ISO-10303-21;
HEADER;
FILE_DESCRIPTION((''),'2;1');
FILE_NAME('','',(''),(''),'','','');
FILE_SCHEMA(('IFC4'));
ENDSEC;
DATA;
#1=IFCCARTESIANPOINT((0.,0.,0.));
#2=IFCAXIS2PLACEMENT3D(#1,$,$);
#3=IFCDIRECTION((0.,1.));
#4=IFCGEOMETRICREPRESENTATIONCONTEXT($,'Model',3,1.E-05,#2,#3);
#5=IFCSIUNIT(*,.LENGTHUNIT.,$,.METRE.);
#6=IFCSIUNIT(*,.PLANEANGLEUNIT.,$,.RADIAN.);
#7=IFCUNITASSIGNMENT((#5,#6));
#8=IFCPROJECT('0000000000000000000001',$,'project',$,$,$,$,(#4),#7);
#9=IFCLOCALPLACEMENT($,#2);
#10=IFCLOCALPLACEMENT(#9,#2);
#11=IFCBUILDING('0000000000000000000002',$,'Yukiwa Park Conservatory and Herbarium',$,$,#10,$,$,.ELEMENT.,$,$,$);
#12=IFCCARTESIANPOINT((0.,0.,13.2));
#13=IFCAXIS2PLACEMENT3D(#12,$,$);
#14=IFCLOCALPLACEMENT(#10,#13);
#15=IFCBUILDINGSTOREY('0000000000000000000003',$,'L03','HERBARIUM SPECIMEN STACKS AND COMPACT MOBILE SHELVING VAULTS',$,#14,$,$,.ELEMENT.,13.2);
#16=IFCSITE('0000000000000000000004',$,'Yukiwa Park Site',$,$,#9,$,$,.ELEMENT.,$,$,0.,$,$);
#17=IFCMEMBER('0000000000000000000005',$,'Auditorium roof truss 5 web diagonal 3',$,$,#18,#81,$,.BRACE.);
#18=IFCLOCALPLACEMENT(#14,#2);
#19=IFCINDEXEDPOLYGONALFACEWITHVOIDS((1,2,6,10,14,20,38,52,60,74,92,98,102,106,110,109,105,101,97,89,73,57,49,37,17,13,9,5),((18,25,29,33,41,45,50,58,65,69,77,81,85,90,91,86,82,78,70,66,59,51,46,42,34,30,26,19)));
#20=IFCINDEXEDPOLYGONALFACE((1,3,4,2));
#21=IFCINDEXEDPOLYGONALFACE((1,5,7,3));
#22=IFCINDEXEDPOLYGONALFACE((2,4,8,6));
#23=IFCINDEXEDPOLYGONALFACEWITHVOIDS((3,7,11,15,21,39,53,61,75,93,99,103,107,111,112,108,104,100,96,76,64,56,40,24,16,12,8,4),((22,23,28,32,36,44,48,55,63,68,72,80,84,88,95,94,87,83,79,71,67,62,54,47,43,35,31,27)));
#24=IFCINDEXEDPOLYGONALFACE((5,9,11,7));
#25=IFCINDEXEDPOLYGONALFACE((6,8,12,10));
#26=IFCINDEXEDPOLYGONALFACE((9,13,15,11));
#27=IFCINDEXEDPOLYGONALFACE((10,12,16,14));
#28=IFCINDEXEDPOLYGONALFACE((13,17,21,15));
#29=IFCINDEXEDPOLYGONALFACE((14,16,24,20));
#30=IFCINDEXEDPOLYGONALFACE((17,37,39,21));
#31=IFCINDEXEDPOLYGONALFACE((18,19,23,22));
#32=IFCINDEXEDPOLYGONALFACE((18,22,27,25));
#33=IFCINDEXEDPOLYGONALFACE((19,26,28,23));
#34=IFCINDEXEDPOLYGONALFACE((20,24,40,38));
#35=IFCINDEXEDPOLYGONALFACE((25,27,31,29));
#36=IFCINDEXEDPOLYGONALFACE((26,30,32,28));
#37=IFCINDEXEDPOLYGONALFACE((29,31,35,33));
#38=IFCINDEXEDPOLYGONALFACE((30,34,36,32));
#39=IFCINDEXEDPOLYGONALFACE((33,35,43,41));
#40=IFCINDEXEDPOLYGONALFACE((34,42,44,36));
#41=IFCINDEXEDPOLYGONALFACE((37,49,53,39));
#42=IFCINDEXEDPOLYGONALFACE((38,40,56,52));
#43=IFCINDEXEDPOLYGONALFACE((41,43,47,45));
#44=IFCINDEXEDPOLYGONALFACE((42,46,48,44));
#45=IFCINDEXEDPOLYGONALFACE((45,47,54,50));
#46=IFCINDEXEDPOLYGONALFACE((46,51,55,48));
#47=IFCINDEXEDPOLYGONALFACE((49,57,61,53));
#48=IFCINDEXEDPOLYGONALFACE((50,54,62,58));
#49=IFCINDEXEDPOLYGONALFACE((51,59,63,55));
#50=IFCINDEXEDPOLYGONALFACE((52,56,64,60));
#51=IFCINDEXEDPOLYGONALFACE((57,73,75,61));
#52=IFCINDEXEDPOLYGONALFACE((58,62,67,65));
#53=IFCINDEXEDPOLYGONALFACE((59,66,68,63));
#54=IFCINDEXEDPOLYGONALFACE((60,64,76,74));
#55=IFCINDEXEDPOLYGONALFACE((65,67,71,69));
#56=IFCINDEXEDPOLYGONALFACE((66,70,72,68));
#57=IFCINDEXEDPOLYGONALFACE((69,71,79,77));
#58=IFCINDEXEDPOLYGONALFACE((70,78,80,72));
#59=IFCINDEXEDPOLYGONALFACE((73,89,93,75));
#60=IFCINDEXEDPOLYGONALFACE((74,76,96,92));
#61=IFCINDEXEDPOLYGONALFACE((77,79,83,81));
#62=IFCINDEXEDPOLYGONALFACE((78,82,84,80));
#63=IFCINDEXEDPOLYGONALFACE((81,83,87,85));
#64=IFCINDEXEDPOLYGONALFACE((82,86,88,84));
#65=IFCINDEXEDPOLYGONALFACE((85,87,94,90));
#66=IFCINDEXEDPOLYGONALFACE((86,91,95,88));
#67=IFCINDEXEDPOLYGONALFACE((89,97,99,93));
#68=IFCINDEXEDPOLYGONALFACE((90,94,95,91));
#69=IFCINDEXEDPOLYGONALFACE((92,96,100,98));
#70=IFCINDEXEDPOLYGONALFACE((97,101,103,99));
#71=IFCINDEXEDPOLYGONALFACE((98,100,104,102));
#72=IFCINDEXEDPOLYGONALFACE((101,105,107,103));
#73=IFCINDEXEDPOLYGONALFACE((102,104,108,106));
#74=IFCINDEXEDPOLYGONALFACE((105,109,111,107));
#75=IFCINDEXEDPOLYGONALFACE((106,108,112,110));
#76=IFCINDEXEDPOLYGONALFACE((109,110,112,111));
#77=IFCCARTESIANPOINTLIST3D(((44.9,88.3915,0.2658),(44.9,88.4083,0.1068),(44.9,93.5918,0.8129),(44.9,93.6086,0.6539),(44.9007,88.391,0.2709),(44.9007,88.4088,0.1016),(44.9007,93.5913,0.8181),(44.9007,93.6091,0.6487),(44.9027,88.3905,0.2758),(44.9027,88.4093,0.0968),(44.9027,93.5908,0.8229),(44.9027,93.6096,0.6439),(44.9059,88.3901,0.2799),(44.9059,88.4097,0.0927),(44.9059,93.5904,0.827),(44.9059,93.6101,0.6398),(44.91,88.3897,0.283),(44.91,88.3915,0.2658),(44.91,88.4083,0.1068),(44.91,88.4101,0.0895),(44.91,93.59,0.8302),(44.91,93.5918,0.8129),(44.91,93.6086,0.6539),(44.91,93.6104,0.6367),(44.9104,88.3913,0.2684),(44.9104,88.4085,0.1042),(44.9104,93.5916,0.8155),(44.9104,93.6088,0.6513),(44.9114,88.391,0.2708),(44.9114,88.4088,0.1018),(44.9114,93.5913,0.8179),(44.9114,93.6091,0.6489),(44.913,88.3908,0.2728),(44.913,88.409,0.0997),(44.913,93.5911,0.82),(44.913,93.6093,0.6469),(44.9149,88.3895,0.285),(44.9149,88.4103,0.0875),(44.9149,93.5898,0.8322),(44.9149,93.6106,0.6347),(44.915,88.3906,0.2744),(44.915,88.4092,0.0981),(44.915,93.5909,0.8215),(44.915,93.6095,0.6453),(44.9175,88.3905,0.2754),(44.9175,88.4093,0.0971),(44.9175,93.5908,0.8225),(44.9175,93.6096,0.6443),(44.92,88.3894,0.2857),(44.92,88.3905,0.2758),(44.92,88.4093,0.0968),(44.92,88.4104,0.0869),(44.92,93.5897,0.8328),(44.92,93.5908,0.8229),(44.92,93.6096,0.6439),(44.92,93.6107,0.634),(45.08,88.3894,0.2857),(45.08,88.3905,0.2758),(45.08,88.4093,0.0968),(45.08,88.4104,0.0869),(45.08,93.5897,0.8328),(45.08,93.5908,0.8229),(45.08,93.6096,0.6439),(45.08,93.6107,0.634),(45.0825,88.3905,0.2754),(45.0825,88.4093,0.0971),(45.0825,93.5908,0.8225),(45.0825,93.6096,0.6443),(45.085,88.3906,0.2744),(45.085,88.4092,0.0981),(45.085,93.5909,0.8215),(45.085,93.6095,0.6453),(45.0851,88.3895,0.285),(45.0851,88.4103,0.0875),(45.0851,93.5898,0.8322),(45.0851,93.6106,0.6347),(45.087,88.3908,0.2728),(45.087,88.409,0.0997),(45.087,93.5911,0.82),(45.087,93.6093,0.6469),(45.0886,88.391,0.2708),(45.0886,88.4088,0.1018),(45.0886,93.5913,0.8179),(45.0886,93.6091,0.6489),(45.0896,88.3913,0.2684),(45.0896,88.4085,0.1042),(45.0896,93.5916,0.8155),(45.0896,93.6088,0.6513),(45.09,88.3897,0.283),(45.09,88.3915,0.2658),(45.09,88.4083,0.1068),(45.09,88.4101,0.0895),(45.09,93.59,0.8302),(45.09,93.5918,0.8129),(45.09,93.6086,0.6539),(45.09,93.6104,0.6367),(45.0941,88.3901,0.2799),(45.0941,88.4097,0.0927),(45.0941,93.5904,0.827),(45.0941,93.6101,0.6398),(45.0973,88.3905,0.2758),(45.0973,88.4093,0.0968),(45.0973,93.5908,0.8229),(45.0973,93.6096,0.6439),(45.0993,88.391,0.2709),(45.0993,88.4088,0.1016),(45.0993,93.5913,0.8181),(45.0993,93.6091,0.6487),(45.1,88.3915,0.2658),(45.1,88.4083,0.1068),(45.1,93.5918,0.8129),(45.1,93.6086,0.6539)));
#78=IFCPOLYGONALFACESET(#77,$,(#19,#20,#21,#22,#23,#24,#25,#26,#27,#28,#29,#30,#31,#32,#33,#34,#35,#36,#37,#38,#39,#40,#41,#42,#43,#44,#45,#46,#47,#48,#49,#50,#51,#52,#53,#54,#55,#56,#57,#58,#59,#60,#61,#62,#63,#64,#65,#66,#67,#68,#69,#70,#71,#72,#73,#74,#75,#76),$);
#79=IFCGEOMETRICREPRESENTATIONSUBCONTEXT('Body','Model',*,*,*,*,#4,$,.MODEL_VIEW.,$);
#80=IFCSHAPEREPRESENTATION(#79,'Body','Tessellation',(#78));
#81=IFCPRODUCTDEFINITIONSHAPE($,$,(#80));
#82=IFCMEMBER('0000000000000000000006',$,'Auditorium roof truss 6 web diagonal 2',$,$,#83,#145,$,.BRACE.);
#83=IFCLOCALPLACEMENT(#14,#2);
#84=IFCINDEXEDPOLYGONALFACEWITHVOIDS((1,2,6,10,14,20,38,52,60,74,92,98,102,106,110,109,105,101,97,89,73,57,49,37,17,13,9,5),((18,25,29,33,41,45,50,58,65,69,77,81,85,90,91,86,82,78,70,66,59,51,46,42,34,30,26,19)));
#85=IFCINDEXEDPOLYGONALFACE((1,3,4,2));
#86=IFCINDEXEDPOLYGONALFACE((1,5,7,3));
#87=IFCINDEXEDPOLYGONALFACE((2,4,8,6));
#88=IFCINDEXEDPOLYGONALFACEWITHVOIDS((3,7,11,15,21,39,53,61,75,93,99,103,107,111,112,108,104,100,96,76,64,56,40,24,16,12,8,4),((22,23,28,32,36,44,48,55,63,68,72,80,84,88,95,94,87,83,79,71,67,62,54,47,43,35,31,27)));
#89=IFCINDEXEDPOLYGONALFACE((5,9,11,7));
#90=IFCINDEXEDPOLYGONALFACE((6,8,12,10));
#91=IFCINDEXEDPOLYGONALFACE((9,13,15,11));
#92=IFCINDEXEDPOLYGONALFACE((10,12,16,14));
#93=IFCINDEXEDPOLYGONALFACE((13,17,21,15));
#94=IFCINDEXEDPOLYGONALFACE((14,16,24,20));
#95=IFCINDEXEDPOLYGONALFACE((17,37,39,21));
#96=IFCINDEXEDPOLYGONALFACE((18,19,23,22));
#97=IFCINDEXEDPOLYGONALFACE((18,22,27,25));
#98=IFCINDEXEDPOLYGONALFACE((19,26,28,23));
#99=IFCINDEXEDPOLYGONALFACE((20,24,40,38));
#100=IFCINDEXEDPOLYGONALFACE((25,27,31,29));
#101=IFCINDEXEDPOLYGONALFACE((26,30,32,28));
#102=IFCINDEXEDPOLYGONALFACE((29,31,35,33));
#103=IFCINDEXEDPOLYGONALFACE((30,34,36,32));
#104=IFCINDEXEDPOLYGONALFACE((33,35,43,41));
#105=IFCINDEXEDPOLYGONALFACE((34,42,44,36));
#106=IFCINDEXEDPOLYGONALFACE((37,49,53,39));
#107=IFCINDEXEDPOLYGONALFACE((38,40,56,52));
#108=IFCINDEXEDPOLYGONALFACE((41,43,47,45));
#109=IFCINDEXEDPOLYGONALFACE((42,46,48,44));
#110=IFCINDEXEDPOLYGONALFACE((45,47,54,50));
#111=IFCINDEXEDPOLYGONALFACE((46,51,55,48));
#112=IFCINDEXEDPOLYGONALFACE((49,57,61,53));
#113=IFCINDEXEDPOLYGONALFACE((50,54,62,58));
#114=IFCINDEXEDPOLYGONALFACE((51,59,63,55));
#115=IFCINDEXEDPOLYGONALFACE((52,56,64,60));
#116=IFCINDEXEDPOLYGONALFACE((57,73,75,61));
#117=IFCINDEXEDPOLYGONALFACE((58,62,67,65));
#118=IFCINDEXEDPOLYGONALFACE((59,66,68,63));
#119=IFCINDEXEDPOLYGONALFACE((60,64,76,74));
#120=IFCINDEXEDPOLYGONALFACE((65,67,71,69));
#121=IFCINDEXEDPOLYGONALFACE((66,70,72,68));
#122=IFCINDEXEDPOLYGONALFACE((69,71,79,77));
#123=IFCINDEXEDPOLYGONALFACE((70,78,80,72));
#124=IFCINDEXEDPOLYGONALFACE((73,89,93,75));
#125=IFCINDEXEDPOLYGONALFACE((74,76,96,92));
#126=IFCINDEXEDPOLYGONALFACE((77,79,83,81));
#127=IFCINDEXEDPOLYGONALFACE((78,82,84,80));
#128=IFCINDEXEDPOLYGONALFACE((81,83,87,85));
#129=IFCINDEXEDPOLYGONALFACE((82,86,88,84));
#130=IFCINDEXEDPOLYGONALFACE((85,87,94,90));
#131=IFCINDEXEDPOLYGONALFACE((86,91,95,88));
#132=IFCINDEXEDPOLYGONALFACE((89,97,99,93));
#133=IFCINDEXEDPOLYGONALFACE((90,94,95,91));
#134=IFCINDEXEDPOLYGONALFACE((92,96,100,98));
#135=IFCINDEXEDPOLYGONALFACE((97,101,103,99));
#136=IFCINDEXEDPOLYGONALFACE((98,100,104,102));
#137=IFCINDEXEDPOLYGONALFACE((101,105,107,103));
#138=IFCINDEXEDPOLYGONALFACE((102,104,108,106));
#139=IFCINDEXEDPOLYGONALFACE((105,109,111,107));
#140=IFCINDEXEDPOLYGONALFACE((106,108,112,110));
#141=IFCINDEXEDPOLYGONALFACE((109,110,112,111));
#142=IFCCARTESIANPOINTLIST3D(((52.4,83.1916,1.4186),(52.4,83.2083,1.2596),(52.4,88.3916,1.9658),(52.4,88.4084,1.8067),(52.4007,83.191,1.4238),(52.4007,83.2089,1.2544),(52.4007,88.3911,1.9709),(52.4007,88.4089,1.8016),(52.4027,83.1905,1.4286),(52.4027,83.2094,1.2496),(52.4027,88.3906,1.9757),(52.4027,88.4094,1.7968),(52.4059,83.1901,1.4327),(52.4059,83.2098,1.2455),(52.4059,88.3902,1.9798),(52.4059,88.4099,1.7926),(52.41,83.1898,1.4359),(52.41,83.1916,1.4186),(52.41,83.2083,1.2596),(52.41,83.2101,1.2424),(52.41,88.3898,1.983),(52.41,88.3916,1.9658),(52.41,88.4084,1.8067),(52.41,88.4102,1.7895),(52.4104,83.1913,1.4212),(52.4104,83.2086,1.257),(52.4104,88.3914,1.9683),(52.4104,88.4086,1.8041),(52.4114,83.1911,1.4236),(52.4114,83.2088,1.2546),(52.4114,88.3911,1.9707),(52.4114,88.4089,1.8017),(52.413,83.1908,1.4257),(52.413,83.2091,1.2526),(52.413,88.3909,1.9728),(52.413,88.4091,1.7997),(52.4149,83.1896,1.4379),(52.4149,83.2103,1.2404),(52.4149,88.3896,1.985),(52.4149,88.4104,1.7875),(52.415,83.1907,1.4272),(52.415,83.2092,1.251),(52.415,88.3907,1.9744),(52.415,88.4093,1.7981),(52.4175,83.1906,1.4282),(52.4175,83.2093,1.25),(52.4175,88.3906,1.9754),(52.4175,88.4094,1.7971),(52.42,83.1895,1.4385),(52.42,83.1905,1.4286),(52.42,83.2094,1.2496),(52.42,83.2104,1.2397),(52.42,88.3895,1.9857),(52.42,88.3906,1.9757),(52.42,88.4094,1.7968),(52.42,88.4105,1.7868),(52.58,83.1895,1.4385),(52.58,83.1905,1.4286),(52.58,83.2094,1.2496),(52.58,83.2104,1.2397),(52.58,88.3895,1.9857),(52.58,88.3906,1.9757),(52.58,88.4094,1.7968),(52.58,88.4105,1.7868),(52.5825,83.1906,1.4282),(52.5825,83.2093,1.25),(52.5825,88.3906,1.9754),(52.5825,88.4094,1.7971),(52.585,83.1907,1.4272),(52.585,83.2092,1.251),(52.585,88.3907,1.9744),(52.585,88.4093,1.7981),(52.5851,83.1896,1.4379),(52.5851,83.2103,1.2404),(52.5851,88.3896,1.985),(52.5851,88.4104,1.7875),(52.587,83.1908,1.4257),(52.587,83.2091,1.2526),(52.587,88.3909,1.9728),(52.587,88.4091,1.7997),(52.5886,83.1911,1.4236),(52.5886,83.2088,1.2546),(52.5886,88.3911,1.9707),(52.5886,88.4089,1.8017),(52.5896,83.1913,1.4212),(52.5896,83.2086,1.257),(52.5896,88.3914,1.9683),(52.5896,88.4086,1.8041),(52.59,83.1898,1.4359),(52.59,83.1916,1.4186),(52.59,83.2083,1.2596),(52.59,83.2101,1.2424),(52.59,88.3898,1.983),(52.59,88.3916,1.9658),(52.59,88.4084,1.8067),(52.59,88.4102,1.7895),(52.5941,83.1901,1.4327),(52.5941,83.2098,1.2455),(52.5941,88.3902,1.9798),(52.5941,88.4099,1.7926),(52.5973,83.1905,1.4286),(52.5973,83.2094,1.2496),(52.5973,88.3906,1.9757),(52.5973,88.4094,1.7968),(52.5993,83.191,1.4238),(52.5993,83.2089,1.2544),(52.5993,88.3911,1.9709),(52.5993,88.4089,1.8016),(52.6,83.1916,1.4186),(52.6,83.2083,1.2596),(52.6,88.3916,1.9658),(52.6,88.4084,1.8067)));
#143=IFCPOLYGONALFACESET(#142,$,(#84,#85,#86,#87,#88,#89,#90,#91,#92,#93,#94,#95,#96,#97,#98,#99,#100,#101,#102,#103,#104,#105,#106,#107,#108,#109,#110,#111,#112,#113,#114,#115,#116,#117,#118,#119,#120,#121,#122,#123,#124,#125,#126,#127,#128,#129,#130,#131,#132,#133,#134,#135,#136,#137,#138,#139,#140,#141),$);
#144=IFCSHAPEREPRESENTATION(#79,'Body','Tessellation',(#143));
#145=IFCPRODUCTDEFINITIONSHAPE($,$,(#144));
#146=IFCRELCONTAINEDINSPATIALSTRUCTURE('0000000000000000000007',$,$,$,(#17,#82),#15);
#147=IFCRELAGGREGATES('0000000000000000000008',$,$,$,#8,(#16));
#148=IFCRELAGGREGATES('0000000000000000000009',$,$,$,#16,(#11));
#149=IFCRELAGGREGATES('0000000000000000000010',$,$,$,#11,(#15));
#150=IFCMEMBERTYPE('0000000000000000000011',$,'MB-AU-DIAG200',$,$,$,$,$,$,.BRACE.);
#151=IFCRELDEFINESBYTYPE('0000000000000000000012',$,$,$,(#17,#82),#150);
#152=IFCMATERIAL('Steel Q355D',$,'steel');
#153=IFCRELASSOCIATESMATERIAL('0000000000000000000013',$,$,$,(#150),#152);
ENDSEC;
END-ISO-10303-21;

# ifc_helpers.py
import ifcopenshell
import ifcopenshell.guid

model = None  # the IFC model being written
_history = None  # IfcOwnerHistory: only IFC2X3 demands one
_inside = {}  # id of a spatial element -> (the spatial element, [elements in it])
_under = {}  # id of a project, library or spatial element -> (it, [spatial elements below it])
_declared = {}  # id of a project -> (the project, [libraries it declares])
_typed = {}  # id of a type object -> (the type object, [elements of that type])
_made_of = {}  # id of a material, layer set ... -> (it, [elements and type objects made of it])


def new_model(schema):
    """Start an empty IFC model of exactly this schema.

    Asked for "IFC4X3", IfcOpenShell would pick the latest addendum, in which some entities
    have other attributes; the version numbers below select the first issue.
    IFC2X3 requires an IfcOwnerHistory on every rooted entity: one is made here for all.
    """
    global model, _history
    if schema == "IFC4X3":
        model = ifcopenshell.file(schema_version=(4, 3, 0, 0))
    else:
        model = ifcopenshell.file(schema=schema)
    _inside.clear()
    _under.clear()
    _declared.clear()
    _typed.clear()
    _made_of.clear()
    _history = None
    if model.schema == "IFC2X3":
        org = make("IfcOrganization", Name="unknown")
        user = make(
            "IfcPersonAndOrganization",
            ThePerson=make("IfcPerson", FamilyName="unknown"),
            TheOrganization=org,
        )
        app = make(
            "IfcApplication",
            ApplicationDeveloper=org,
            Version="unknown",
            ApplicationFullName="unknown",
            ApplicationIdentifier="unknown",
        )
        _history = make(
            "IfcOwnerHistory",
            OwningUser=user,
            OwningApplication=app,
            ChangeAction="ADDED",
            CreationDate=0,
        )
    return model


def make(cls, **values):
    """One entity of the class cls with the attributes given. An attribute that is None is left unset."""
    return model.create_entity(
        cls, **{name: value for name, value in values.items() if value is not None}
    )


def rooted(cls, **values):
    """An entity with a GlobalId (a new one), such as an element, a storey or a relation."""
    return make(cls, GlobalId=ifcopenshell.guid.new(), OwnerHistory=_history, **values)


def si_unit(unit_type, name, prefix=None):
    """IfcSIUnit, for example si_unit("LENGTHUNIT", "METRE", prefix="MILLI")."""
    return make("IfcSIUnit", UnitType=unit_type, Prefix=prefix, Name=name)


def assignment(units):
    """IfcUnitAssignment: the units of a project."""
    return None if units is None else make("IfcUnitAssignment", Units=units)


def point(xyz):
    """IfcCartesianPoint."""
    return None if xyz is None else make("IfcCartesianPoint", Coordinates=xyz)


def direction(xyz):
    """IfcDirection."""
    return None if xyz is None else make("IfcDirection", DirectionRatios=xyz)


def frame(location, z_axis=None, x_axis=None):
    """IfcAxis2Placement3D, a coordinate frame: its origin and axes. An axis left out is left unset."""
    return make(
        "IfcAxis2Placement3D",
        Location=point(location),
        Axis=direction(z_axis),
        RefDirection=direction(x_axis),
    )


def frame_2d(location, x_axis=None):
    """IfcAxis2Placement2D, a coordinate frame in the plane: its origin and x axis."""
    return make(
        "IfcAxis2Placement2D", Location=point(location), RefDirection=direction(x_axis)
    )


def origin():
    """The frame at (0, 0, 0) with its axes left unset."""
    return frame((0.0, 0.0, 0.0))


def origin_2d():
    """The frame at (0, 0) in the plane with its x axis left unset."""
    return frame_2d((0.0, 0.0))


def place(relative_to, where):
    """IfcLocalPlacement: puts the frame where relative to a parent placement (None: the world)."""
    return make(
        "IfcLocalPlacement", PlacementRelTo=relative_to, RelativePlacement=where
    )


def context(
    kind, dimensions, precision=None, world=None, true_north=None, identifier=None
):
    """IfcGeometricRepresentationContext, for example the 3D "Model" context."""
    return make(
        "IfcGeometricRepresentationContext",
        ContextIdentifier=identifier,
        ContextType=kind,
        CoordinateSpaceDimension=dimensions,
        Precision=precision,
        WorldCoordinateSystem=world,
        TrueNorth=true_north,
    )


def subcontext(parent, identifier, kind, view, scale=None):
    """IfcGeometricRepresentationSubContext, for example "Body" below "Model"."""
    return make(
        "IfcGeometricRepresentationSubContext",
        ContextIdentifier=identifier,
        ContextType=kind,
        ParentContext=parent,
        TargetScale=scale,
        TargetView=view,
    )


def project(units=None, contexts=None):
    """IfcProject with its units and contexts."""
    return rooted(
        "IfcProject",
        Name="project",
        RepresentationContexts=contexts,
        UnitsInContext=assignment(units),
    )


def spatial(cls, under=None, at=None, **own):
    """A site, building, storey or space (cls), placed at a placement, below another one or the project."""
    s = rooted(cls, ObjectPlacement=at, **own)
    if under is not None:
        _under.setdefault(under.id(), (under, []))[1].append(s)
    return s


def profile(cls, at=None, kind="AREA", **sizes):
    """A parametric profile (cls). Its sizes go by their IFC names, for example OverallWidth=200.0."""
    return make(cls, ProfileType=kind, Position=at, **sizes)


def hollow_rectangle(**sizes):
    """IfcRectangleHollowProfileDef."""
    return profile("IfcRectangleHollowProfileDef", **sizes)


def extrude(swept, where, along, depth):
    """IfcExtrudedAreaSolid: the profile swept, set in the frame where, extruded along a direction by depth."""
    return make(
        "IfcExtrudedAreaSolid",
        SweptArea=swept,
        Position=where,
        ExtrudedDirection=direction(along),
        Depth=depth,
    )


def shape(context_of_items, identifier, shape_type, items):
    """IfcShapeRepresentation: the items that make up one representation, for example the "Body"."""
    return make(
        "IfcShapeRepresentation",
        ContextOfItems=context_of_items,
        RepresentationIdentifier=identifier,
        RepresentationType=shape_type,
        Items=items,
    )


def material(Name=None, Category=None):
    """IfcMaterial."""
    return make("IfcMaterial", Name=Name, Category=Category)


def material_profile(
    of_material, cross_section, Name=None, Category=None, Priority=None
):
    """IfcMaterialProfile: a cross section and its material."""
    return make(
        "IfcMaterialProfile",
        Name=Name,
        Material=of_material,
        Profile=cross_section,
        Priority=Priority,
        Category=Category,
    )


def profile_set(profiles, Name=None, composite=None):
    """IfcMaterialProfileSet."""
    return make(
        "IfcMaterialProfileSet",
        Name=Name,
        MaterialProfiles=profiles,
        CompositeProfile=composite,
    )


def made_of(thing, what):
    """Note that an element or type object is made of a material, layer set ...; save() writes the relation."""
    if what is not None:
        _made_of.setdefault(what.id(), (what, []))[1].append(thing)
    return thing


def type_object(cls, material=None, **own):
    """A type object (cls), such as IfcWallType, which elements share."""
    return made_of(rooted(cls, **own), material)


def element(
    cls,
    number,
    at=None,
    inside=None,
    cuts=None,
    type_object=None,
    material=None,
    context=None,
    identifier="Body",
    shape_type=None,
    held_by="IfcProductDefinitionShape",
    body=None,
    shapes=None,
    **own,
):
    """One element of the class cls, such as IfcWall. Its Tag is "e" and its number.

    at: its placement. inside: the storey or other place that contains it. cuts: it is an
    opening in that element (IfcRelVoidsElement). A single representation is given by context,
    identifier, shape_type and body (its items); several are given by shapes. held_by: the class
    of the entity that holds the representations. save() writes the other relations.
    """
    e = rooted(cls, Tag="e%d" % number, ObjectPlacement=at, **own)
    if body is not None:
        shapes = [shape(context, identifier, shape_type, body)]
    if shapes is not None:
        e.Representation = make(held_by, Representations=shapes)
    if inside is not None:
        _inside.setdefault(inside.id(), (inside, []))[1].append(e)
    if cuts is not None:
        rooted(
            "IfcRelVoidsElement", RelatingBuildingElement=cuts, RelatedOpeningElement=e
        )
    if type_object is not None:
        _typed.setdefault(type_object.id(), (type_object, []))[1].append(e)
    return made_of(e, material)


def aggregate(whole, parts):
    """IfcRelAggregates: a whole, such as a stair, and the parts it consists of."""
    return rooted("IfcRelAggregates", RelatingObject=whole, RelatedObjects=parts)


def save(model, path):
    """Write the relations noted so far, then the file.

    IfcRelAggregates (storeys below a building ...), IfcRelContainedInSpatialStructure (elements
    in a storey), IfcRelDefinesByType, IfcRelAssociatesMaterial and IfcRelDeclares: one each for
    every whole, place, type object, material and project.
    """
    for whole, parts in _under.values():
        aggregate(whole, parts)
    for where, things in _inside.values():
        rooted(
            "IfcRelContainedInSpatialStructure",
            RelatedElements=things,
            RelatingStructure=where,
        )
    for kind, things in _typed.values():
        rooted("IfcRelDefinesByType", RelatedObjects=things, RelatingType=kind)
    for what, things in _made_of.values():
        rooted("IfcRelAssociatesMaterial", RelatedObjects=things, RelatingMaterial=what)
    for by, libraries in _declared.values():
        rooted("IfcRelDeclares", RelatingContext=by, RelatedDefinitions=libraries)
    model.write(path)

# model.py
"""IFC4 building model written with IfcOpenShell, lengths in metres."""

from ifc_helpers import new_model, si_unit, direction, frame, origin, origin_2d, place, context, subcontext, project, spatial, hollow_rectangle, extrude, material, material_profile, profile_set, type_object, element, save


model = new_model("IFC4")

# Units and contexts
model_context = context("Model", 3, precision=1e-05, world=origin(), true_north=direction((0.0, 1.0)))
body_context = subcontext(model_context, "Body", "Model", "MODEL_VIEW")
ifc_project = project(units=[si_unit("LENGTHUNIT", "METRE"), si_unit("PLANEANGLEUNIT", "RADIAN")], contexts=[model_context])

# Site, building, storey
site_placement = place(None, origin())
site = spatial("IfcSite", under=ifc_project, at=site_placement, Name="Yukiwa Park Site", CompositionType="ELEMENT", RefElevation=0.0)
building_placement = place(site_placement, origin())
building = spatial("IfcBuilding", under=site, at=building_placement, Name="Yukiwa Park Conservatory and Herbarium", CompositionType="ELEMENT")
storey_placement = place(building_placement, frame((0.0, 0.0, 13.2)))
storey = spatial("IfcBuildingStorey", under=building, at=storey_placement, Name="L03", Description="HERBARIUM SPECIMEN STACKS AND COMPACT MOBILE SHELVING VAULTS", CompositionType="ELEMENT", Elevation=13.2)

# Members
ifc_material_1 = material(Name="Steel Q355D", Category="steel")
ifc_material_profile_1 = material_profile(ifc_material_1, hollow_rectangle(XDim=0.2, YDim=0.2, WallThickness=0.01, InnerFilletRadius=0.01, OuterFilletRadius=0.02, at=origin_2d()), Name="SHS 200x200x10")
ifc_profile_set_1 = profile_set([ifc_material_profile_1], Name="Steel Q355D")
member_type_1 = type_object("IfcMemberType", Name="MB-AU-DIAG200", PredefinedType="BRACE", material=ifc_profile_set_1)
member_1_placement = place(storey_placement, frame((45.0, 88.3999, 0.1863), z_axis=(0.0, 0.994511, 0.104634), x_axis=(-1.0, 0.0, 0.0)))
element("IfcMember", 1, at=member_1_placement, inside=storey, type_object=member_type_1, Name="Auditorium roof truss 5 web diagonal 3", PredefinedType="BRACE", context=body_context, shape_type="SweptSolid", body=[
    extrude(hollow_rectangle(XDim=0.2, YDim=0.2, WallThickness=0.01, InnerFilletRadius=0.01, OuterFilletRadius=0.02, at=origin_2d()), origin(), (0.0, 0.0, 1.0), 5.229),
])
member_2_placement = place(storey_placement, frame((52.5, 83.2, 1.3391), z_axis=(0.0, 0.99451, 0.104639), x_axis=(-1.0, 0.0, 0.0)))
element("IfcMember", 2, at=member_2_placement, inside=storey, type_object=member_type_1, Name="Auditorium roof truss 6 web diagonal 2", PredefinedType="BRACE", context=body_context, shape_type="SweptSolid", body=[
    extrude(hollow_rectangle(XDim=0.2, YDim=0.2, WallThickness=0.01, InnerFilletRadius=0.01, OuterFilletRadius=0.02, at=origin_2d()), origin(), (0.0, 0.0, 1.0), 5.2288),
])

save(model, "model.ifc")
